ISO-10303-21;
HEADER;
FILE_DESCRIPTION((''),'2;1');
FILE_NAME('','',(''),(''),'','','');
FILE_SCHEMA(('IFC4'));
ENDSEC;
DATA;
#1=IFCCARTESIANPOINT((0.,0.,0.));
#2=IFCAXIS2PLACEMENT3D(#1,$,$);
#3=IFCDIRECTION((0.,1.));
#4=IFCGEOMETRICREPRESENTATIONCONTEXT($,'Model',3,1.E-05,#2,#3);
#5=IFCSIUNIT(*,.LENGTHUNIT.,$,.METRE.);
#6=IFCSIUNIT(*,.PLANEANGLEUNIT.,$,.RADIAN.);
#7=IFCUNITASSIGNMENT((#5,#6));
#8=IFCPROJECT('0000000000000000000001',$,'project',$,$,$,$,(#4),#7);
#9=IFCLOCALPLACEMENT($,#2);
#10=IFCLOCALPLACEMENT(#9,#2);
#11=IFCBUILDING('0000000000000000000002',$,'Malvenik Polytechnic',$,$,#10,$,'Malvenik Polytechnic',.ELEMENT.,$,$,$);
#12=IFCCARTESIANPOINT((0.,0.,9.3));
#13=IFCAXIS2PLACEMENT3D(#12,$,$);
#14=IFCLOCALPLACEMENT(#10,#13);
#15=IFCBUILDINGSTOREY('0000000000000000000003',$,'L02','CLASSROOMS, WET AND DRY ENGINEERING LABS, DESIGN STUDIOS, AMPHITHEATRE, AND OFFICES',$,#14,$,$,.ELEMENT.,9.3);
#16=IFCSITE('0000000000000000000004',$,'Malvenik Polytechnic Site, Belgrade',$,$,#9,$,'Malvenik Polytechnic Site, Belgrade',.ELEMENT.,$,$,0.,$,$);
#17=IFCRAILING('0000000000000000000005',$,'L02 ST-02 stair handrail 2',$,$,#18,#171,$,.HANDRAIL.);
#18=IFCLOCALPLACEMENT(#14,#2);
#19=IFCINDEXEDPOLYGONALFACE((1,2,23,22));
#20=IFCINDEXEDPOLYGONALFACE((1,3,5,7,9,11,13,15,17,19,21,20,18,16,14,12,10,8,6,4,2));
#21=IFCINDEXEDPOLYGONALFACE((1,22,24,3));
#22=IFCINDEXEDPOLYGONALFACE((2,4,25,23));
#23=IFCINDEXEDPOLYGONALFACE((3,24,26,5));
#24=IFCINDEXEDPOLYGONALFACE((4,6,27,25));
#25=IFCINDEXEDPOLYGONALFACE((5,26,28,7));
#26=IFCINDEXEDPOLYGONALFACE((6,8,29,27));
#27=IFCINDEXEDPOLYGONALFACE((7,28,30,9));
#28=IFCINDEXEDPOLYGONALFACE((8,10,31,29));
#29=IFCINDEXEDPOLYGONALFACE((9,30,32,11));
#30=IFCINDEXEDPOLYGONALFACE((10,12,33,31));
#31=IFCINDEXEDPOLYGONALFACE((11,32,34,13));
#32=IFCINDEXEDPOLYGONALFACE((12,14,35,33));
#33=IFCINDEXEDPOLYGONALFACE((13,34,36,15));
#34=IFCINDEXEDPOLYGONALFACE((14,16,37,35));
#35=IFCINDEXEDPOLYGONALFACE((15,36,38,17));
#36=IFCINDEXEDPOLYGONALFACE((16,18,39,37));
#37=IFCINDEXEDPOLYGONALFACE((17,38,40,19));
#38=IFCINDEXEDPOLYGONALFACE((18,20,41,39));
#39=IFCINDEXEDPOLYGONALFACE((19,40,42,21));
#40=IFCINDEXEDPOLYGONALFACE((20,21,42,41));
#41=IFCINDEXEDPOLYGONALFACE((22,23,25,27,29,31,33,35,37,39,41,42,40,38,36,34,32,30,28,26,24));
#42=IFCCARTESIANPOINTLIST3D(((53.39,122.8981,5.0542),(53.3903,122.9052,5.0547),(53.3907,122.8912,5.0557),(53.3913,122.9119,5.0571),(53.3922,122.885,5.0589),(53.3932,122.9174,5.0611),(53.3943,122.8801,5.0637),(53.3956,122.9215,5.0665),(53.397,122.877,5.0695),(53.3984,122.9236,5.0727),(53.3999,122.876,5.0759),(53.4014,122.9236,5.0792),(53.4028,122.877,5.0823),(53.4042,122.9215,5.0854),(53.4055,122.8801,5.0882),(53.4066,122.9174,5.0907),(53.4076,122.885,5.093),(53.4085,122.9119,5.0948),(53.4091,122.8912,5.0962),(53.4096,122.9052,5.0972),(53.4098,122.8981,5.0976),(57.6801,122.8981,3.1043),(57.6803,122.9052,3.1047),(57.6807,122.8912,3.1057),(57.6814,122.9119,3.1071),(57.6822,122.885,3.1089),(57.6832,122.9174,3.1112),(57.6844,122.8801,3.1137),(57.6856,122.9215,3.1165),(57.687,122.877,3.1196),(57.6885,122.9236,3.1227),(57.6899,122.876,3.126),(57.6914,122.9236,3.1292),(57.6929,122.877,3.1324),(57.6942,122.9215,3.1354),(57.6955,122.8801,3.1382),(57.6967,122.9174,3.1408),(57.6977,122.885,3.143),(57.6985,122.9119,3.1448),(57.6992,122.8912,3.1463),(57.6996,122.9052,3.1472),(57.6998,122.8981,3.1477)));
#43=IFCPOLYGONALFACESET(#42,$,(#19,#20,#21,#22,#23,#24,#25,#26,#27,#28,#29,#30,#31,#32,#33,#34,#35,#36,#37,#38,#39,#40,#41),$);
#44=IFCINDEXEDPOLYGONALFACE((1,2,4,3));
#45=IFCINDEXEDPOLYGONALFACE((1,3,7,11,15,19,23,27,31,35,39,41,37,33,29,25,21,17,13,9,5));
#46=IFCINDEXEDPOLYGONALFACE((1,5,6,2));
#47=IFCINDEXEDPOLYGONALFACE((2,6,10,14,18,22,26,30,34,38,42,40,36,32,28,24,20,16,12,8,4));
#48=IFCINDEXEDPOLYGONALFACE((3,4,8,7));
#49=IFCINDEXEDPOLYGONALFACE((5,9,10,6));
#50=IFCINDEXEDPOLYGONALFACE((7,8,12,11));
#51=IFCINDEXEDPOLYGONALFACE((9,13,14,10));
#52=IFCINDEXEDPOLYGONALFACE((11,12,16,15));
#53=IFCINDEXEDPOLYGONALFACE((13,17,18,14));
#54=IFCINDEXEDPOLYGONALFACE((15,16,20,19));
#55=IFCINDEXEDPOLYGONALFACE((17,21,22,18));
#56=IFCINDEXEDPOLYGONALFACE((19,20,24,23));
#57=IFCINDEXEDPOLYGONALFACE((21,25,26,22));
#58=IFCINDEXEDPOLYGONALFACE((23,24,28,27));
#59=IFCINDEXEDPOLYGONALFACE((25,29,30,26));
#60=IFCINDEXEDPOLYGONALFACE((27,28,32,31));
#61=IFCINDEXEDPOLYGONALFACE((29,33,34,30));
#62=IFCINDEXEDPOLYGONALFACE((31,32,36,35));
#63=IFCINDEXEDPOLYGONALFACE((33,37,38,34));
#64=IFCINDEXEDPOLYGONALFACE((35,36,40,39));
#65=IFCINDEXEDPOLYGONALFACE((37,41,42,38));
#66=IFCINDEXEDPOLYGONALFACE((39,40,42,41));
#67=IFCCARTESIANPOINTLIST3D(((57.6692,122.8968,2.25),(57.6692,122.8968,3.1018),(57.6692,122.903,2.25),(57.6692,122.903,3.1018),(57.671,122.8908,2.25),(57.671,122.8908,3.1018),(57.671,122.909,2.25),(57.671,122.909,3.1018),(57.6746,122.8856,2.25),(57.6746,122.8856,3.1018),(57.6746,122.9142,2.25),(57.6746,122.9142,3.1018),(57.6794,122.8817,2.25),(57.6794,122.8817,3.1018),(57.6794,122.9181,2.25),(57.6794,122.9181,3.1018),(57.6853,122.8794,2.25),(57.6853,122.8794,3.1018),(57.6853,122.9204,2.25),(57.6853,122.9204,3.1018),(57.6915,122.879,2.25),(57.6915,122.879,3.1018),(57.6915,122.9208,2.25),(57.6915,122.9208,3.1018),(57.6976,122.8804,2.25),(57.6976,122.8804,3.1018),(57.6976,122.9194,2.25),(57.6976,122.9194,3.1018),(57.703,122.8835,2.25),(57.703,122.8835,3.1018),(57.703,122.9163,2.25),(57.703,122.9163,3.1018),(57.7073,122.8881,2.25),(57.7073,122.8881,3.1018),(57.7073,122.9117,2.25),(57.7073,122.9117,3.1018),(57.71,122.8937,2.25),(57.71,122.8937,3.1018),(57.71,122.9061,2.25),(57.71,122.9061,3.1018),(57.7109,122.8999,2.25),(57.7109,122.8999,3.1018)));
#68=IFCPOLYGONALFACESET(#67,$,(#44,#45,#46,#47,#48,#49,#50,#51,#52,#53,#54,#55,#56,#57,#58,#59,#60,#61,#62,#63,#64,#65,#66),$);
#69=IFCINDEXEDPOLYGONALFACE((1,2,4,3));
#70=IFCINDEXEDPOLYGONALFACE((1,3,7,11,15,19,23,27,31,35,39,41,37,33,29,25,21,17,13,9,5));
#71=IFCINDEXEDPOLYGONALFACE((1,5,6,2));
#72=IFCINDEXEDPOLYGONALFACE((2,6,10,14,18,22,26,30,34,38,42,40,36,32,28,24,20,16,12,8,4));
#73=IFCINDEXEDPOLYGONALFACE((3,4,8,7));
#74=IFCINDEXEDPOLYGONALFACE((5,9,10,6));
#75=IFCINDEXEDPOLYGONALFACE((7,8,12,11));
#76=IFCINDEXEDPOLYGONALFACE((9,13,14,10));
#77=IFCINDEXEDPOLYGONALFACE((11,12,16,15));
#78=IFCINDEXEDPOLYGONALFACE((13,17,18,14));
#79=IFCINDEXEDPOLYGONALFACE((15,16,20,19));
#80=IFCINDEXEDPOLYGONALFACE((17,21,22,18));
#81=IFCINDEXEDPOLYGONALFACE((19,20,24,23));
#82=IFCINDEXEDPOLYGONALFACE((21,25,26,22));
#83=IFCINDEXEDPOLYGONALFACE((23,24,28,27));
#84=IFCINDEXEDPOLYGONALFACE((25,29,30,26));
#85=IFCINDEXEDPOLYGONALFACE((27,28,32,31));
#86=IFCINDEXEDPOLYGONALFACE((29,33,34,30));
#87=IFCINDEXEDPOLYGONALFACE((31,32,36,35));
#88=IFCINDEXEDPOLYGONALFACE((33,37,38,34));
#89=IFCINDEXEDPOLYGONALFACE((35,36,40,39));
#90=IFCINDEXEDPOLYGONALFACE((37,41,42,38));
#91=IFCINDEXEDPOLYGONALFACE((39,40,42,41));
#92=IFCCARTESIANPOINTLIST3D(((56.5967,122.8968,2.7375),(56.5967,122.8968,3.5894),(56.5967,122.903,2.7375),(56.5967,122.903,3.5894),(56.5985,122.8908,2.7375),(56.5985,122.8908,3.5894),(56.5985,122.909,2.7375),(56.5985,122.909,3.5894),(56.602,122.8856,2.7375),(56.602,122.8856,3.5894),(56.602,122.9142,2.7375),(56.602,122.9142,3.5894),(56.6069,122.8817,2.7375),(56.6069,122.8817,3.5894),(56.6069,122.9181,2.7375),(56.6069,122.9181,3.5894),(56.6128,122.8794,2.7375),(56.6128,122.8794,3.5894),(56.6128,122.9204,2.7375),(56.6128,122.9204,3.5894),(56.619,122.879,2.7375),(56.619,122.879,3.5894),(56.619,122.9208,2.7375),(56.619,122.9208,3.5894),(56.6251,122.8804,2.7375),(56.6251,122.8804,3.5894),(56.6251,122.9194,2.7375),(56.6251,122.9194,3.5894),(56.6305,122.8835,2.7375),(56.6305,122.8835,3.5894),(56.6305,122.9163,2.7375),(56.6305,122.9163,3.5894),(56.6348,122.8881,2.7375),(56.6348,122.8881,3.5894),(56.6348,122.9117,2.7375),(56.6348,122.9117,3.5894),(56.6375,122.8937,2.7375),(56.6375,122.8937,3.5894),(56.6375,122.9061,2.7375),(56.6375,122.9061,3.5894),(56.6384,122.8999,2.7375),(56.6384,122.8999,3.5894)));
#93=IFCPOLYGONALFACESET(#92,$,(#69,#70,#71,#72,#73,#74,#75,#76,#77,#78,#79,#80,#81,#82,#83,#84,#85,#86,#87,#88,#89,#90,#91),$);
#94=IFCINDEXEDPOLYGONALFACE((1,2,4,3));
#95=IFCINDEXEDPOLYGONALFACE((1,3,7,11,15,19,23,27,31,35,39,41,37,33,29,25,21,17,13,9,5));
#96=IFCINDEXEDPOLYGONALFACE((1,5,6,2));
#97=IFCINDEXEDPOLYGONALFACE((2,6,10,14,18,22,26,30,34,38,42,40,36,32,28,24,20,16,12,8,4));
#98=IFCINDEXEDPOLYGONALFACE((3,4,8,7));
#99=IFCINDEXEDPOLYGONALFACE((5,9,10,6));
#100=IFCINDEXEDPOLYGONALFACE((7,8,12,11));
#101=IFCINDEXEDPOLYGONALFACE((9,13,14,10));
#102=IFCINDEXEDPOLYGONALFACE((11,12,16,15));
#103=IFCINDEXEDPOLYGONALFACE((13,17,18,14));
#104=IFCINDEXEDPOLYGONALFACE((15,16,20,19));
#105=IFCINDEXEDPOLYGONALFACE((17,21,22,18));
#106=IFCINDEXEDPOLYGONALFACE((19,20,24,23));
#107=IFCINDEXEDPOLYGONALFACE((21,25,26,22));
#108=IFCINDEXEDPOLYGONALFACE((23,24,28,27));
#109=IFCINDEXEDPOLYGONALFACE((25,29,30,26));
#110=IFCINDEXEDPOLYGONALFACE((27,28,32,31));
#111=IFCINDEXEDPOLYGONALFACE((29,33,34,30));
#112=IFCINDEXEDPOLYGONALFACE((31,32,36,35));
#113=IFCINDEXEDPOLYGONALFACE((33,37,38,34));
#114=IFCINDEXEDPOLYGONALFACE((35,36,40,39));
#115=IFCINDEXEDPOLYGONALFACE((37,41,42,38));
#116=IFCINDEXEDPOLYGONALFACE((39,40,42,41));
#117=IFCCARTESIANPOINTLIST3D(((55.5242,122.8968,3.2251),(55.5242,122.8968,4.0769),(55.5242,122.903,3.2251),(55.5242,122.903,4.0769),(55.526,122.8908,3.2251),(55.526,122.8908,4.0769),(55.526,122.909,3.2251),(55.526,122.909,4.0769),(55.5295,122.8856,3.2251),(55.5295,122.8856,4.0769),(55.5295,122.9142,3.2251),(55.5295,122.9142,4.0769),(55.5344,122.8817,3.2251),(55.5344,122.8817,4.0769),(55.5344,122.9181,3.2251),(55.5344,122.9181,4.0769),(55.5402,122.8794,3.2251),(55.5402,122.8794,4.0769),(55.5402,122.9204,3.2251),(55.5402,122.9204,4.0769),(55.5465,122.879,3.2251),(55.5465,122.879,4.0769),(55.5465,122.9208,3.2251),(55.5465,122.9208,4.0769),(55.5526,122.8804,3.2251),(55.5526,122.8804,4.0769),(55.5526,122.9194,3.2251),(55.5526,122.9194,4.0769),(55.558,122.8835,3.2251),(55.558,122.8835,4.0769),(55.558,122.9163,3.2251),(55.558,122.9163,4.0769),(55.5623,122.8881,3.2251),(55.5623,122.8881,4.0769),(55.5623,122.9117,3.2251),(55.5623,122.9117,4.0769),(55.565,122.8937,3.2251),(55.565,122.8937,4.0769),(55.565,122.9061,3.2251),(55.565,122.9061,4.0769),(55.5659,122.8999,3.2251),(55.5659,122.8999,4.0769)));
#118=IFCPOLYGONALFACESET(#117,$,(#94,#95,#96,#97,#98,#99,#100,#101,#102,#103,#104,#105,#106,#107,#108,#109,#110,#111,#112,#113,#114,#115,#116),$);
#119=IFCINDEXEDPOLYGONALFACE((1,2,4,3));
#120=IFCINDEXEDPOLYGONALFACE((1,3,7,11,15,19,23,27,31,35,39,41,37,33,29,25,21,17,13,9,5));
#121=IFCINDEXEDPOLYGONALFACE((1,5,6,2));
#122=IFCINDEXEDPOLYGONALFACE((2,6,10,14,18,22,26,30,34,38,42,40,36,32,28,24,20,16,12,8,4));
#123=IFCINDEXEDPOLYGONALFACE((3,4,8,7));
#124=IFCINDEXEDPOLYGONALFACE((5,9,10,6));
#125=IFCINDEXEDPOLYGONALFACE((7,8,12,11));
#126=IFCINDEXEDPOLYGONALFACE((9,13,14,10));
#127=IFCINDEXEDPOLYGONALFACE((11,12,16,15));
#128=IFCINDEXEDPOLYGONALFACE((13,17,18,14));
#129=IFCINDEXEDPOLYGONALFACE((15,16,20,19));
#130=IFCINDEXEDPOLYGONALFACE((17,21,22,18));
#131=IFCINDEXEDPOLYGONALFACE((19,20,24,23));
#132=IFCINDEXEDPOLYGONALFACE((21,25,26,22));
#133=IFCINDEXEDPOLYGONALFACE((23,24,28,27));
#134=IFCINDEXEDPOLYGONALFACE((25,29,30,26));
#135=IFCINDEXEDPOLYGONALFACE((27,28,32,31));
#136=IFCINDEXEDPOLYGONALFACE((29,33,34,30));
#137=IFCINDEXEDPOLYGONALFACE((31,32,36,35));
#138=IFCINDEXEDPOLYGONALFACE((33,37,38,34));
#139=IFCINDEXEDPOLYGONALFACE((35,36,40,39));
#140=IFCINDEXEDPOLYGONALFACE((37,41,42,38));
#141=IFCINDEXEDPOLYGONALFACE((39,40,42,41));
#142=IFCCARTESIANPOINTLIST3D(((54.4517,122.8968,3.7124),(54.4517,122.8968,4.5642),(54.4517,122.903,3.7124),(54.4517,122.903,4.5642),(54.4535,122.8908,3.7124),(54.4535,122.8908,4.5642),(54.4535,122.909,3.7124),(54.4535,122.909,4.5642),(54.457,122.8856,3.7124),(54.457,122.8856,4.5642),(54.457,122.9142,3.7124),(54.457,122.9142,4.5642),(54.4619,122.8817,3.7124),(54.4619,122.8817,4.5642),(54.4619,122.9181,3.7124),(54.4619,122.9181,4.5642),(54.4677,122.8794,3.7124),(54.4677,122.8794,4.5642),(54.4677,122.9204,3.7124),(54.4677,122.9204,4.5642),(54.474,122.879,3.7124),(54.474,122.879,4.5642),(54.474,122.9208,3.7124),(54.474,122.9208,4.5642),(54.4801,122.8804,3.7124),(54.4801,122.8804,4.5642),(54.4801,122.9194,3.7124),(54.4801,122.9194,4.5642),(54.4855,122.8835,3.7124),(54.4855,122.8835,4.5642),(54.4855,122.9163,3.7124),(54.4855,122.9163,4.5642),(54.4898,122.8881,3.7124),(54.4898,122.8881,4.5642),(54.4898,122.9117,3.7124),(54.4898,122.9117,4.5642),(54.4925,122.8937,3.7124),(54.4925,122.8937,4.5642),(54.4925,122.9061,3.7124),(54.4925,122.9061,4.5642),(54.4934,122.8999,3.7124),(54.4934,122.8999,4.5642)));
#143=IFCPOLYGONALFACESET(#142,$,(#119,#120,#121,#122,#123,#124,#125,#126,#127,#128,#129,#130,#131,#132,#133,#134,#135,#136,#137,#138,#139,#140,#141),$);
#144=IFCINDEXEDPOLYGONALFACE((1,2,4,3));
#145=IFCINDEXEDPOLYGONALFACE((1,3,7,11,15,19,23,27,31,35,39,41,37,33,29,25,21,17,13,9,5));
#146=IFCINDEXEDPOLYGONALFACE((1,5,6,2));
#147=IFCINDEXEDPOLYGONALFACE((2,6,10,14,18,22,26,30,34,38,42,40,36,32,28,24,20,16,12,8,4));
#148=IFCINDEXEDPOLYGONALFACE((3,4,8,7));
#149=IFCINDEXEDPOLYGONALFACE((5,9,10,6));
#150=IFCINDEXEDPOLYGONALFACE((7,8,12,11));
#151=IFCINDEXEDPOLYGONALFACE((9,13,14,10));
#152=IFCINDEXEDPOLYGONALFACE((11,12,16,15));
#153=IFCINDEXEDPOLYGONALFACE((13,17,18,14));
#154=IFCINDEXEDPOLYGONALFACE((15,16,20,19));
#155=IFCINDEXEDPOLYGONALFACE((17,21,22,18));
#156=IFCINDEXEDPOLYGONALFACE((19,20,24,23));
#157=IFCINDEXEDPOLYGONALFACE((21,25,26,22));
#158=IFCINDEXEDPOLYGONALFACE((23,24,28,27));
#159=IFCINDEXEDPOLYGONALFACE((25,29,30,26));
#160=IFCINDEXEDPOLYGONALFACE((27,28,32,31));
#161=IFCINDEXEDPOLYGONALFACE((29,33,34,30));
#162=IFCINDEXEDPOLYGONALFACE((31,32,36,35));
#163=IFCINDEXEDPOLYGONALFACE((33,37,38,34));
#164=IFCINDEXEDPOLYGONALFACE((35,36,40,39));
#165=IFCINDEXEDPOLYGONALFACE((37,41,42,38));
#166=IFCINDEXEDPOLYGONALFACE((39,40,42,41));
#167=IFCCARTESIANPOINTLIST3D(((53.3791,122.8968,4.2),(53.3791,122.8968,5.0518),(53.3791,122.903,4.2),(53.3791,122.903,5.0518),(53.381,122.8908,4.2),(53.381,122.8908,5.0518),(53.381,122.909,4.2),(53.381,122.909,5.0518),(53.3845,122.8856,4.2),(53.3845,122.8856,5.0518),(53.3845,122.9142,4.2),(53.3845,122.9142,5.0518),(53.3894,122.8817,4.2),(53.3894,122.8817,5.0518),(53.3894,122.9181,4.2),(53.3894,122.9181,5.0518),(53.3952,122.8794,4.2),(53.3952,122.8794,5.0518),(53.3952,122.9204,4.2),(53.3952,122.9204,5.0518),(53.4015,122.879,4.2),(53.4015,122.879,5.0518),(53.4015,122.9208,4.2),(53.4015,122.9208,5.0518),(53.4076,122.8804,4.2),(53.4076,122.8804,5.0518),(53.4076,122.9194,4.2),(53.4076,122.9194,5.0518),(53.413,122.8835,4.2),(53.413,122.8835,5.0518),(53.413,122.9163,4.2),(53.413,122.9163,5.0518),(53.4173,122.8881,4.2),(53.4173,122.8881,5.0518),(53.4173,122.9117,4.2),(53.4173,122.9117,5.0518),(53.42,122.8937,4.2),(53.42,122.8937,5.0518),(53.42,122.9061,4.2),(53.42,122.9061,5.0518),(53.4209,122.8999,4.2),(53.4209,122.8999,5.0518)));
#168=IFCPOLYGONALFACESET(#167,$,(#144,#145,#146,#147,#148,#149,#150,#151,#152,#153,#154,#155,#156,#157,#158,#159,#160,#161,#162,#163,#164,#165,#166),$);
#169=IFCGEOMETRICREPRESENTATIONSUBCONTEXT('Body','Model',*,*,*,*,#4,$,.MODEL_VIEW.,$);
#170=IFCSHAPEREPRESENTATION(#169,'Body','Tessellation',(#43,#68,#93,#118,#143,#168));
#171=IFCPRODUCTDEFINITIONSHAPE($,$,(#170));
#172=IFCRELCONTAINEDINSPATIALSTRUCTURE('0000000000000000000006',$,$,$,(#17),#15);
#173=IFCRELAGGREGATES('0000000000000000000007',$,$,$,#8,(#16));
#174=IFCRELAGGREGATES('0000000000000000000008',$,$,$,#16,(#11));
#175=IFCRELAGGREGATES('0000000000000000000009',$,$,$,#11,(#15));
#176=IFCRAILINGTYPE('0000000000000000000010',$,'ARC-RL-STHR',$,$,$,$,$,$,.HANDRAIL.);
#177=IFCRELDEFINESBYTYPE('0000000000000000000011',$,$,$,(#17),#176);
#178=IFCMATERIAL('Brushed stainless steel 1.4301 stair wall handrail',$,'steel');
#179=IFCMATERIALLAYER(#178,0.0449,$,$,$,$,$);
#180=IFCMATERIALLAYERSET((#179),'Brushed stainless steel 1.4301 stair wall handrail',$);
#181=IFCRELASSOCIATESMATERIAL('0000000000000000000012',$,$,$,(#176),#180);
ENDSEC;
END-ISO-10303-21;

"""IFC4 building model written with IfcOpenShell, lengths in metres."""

from ifc_helpers import new_model, si_unit, direction, frame, origin, origin_2d, place, context, subcontext, project, spatial, circle, extrude, material, layer, layer_set, type_object, element, save


model = new_model("IFC4")

# Units and contexts
model_context = context("Model", 3, precision=1e-05, world=origin(), true_north=direction((0.0, 1.0)))
body_context = subcontext(model_context, "Body", "Model", "MODEL_VIEW")
ifc_project = project(units=[si_unit("LENGTHUNIT", "METRE"), si_unit("PLANEANGLEUNIT", "RADIAN")], contexts=[model_context])

# Site, building, storey
site_placement = place(None, origin())
site = spatial("IfcSite", under=ifc_project, at=site_placement, Name="Malvenik Polytechnic Site, Belgrade", LongName="Malvenik Polytechnic Site, Belgrade", CompositionType="ELEMENT", RefElevation=0.0)
building_placement = place(site_placement, origin())
building = spatial("IfcBuilding", under=site, at=building_placement, Name="Malvenik Polytechnic", LongName="Malvenik Polytechnic", CompositionType="ELEMENT")
storey_placement = place(building_placement, frame((0.0, 0.0, 9.3)))
storey = spatial("IfcBuildingStorey", under=building, at=storey_placement, Name="L02", Description="CLASSROOMS, WET AND DRY ENGINEERING LABS, DESIGN STUDIOS, AMPHITHEATRE, AND OFFICES", CompositionType="ELEMENT", Elevation=9.3)

# Railing
ifc_material_1 = material(Name="Brushed stainless steel 1.4301 stair wall handrail", Category="steel")
ifc_layer_1 = layer(ifc_material_1, 0.0449)
ifc_layer_set_1 = layer_set([ifc_layer_1], Name="Brushed stainless steel 1.4301 stair wall handrail")
railing_type_1 = type_object("IfcRailingType", Name="ARC-RL-STHR", PredefinedType="HANDRAIL", material=ifc_layer_set_1)
railing_1_placement = place(storey_placement, frame((57.6899, 122.8999, 2.25)))
element("IfcRailing", 1, at=railing_1_placement, inside=storey, type_object=railing_type_1, Name="L02 ST-02 stair handrail 2", PredefinedType="HANDRAIL", context=body_context, shape_type="SweptSolid", body=[
    extrude(circle(Radius=0.0239, at=origin_2d()), frame((0.0, 0.0, 0.876), z_axis=(-0.910372, 0.0, 0.413791), x_axis=(0.0, -1.0, 0.0)), (0.0, 0.0, 1.0), 4.7124),
    extrude(circle(Radius=0.021, at=origin_2d()), origin(), (0.0, 0.0, 1.0), 0.8518),
    extrude(circle(Radius=0.021, at=origin_2d()), frame((-1.0725, 0.0, 0.4875)), (0.0, 0.0, 1.0), 0.8518),
    extrude(circle(Radius=0.021, at=origin_2d()), frame((-2.145, 0.0, 0.9751)), (0.0, 0.0, 1.0), 0.8518),
    extrude(circle(Radius=0.021, at=origin_2d()), frame((-3.2175, 0.0, 1.4624)), (0.0, 0.0, 1.0), 0.8518),
    extrude(circle(Radius=0.021, at=origin_2d()), frame((-4.29, 0.0, 1.95)), (0.0, 0.0, 1.0), 0.8518),
])

save(model, "model.ifc")
